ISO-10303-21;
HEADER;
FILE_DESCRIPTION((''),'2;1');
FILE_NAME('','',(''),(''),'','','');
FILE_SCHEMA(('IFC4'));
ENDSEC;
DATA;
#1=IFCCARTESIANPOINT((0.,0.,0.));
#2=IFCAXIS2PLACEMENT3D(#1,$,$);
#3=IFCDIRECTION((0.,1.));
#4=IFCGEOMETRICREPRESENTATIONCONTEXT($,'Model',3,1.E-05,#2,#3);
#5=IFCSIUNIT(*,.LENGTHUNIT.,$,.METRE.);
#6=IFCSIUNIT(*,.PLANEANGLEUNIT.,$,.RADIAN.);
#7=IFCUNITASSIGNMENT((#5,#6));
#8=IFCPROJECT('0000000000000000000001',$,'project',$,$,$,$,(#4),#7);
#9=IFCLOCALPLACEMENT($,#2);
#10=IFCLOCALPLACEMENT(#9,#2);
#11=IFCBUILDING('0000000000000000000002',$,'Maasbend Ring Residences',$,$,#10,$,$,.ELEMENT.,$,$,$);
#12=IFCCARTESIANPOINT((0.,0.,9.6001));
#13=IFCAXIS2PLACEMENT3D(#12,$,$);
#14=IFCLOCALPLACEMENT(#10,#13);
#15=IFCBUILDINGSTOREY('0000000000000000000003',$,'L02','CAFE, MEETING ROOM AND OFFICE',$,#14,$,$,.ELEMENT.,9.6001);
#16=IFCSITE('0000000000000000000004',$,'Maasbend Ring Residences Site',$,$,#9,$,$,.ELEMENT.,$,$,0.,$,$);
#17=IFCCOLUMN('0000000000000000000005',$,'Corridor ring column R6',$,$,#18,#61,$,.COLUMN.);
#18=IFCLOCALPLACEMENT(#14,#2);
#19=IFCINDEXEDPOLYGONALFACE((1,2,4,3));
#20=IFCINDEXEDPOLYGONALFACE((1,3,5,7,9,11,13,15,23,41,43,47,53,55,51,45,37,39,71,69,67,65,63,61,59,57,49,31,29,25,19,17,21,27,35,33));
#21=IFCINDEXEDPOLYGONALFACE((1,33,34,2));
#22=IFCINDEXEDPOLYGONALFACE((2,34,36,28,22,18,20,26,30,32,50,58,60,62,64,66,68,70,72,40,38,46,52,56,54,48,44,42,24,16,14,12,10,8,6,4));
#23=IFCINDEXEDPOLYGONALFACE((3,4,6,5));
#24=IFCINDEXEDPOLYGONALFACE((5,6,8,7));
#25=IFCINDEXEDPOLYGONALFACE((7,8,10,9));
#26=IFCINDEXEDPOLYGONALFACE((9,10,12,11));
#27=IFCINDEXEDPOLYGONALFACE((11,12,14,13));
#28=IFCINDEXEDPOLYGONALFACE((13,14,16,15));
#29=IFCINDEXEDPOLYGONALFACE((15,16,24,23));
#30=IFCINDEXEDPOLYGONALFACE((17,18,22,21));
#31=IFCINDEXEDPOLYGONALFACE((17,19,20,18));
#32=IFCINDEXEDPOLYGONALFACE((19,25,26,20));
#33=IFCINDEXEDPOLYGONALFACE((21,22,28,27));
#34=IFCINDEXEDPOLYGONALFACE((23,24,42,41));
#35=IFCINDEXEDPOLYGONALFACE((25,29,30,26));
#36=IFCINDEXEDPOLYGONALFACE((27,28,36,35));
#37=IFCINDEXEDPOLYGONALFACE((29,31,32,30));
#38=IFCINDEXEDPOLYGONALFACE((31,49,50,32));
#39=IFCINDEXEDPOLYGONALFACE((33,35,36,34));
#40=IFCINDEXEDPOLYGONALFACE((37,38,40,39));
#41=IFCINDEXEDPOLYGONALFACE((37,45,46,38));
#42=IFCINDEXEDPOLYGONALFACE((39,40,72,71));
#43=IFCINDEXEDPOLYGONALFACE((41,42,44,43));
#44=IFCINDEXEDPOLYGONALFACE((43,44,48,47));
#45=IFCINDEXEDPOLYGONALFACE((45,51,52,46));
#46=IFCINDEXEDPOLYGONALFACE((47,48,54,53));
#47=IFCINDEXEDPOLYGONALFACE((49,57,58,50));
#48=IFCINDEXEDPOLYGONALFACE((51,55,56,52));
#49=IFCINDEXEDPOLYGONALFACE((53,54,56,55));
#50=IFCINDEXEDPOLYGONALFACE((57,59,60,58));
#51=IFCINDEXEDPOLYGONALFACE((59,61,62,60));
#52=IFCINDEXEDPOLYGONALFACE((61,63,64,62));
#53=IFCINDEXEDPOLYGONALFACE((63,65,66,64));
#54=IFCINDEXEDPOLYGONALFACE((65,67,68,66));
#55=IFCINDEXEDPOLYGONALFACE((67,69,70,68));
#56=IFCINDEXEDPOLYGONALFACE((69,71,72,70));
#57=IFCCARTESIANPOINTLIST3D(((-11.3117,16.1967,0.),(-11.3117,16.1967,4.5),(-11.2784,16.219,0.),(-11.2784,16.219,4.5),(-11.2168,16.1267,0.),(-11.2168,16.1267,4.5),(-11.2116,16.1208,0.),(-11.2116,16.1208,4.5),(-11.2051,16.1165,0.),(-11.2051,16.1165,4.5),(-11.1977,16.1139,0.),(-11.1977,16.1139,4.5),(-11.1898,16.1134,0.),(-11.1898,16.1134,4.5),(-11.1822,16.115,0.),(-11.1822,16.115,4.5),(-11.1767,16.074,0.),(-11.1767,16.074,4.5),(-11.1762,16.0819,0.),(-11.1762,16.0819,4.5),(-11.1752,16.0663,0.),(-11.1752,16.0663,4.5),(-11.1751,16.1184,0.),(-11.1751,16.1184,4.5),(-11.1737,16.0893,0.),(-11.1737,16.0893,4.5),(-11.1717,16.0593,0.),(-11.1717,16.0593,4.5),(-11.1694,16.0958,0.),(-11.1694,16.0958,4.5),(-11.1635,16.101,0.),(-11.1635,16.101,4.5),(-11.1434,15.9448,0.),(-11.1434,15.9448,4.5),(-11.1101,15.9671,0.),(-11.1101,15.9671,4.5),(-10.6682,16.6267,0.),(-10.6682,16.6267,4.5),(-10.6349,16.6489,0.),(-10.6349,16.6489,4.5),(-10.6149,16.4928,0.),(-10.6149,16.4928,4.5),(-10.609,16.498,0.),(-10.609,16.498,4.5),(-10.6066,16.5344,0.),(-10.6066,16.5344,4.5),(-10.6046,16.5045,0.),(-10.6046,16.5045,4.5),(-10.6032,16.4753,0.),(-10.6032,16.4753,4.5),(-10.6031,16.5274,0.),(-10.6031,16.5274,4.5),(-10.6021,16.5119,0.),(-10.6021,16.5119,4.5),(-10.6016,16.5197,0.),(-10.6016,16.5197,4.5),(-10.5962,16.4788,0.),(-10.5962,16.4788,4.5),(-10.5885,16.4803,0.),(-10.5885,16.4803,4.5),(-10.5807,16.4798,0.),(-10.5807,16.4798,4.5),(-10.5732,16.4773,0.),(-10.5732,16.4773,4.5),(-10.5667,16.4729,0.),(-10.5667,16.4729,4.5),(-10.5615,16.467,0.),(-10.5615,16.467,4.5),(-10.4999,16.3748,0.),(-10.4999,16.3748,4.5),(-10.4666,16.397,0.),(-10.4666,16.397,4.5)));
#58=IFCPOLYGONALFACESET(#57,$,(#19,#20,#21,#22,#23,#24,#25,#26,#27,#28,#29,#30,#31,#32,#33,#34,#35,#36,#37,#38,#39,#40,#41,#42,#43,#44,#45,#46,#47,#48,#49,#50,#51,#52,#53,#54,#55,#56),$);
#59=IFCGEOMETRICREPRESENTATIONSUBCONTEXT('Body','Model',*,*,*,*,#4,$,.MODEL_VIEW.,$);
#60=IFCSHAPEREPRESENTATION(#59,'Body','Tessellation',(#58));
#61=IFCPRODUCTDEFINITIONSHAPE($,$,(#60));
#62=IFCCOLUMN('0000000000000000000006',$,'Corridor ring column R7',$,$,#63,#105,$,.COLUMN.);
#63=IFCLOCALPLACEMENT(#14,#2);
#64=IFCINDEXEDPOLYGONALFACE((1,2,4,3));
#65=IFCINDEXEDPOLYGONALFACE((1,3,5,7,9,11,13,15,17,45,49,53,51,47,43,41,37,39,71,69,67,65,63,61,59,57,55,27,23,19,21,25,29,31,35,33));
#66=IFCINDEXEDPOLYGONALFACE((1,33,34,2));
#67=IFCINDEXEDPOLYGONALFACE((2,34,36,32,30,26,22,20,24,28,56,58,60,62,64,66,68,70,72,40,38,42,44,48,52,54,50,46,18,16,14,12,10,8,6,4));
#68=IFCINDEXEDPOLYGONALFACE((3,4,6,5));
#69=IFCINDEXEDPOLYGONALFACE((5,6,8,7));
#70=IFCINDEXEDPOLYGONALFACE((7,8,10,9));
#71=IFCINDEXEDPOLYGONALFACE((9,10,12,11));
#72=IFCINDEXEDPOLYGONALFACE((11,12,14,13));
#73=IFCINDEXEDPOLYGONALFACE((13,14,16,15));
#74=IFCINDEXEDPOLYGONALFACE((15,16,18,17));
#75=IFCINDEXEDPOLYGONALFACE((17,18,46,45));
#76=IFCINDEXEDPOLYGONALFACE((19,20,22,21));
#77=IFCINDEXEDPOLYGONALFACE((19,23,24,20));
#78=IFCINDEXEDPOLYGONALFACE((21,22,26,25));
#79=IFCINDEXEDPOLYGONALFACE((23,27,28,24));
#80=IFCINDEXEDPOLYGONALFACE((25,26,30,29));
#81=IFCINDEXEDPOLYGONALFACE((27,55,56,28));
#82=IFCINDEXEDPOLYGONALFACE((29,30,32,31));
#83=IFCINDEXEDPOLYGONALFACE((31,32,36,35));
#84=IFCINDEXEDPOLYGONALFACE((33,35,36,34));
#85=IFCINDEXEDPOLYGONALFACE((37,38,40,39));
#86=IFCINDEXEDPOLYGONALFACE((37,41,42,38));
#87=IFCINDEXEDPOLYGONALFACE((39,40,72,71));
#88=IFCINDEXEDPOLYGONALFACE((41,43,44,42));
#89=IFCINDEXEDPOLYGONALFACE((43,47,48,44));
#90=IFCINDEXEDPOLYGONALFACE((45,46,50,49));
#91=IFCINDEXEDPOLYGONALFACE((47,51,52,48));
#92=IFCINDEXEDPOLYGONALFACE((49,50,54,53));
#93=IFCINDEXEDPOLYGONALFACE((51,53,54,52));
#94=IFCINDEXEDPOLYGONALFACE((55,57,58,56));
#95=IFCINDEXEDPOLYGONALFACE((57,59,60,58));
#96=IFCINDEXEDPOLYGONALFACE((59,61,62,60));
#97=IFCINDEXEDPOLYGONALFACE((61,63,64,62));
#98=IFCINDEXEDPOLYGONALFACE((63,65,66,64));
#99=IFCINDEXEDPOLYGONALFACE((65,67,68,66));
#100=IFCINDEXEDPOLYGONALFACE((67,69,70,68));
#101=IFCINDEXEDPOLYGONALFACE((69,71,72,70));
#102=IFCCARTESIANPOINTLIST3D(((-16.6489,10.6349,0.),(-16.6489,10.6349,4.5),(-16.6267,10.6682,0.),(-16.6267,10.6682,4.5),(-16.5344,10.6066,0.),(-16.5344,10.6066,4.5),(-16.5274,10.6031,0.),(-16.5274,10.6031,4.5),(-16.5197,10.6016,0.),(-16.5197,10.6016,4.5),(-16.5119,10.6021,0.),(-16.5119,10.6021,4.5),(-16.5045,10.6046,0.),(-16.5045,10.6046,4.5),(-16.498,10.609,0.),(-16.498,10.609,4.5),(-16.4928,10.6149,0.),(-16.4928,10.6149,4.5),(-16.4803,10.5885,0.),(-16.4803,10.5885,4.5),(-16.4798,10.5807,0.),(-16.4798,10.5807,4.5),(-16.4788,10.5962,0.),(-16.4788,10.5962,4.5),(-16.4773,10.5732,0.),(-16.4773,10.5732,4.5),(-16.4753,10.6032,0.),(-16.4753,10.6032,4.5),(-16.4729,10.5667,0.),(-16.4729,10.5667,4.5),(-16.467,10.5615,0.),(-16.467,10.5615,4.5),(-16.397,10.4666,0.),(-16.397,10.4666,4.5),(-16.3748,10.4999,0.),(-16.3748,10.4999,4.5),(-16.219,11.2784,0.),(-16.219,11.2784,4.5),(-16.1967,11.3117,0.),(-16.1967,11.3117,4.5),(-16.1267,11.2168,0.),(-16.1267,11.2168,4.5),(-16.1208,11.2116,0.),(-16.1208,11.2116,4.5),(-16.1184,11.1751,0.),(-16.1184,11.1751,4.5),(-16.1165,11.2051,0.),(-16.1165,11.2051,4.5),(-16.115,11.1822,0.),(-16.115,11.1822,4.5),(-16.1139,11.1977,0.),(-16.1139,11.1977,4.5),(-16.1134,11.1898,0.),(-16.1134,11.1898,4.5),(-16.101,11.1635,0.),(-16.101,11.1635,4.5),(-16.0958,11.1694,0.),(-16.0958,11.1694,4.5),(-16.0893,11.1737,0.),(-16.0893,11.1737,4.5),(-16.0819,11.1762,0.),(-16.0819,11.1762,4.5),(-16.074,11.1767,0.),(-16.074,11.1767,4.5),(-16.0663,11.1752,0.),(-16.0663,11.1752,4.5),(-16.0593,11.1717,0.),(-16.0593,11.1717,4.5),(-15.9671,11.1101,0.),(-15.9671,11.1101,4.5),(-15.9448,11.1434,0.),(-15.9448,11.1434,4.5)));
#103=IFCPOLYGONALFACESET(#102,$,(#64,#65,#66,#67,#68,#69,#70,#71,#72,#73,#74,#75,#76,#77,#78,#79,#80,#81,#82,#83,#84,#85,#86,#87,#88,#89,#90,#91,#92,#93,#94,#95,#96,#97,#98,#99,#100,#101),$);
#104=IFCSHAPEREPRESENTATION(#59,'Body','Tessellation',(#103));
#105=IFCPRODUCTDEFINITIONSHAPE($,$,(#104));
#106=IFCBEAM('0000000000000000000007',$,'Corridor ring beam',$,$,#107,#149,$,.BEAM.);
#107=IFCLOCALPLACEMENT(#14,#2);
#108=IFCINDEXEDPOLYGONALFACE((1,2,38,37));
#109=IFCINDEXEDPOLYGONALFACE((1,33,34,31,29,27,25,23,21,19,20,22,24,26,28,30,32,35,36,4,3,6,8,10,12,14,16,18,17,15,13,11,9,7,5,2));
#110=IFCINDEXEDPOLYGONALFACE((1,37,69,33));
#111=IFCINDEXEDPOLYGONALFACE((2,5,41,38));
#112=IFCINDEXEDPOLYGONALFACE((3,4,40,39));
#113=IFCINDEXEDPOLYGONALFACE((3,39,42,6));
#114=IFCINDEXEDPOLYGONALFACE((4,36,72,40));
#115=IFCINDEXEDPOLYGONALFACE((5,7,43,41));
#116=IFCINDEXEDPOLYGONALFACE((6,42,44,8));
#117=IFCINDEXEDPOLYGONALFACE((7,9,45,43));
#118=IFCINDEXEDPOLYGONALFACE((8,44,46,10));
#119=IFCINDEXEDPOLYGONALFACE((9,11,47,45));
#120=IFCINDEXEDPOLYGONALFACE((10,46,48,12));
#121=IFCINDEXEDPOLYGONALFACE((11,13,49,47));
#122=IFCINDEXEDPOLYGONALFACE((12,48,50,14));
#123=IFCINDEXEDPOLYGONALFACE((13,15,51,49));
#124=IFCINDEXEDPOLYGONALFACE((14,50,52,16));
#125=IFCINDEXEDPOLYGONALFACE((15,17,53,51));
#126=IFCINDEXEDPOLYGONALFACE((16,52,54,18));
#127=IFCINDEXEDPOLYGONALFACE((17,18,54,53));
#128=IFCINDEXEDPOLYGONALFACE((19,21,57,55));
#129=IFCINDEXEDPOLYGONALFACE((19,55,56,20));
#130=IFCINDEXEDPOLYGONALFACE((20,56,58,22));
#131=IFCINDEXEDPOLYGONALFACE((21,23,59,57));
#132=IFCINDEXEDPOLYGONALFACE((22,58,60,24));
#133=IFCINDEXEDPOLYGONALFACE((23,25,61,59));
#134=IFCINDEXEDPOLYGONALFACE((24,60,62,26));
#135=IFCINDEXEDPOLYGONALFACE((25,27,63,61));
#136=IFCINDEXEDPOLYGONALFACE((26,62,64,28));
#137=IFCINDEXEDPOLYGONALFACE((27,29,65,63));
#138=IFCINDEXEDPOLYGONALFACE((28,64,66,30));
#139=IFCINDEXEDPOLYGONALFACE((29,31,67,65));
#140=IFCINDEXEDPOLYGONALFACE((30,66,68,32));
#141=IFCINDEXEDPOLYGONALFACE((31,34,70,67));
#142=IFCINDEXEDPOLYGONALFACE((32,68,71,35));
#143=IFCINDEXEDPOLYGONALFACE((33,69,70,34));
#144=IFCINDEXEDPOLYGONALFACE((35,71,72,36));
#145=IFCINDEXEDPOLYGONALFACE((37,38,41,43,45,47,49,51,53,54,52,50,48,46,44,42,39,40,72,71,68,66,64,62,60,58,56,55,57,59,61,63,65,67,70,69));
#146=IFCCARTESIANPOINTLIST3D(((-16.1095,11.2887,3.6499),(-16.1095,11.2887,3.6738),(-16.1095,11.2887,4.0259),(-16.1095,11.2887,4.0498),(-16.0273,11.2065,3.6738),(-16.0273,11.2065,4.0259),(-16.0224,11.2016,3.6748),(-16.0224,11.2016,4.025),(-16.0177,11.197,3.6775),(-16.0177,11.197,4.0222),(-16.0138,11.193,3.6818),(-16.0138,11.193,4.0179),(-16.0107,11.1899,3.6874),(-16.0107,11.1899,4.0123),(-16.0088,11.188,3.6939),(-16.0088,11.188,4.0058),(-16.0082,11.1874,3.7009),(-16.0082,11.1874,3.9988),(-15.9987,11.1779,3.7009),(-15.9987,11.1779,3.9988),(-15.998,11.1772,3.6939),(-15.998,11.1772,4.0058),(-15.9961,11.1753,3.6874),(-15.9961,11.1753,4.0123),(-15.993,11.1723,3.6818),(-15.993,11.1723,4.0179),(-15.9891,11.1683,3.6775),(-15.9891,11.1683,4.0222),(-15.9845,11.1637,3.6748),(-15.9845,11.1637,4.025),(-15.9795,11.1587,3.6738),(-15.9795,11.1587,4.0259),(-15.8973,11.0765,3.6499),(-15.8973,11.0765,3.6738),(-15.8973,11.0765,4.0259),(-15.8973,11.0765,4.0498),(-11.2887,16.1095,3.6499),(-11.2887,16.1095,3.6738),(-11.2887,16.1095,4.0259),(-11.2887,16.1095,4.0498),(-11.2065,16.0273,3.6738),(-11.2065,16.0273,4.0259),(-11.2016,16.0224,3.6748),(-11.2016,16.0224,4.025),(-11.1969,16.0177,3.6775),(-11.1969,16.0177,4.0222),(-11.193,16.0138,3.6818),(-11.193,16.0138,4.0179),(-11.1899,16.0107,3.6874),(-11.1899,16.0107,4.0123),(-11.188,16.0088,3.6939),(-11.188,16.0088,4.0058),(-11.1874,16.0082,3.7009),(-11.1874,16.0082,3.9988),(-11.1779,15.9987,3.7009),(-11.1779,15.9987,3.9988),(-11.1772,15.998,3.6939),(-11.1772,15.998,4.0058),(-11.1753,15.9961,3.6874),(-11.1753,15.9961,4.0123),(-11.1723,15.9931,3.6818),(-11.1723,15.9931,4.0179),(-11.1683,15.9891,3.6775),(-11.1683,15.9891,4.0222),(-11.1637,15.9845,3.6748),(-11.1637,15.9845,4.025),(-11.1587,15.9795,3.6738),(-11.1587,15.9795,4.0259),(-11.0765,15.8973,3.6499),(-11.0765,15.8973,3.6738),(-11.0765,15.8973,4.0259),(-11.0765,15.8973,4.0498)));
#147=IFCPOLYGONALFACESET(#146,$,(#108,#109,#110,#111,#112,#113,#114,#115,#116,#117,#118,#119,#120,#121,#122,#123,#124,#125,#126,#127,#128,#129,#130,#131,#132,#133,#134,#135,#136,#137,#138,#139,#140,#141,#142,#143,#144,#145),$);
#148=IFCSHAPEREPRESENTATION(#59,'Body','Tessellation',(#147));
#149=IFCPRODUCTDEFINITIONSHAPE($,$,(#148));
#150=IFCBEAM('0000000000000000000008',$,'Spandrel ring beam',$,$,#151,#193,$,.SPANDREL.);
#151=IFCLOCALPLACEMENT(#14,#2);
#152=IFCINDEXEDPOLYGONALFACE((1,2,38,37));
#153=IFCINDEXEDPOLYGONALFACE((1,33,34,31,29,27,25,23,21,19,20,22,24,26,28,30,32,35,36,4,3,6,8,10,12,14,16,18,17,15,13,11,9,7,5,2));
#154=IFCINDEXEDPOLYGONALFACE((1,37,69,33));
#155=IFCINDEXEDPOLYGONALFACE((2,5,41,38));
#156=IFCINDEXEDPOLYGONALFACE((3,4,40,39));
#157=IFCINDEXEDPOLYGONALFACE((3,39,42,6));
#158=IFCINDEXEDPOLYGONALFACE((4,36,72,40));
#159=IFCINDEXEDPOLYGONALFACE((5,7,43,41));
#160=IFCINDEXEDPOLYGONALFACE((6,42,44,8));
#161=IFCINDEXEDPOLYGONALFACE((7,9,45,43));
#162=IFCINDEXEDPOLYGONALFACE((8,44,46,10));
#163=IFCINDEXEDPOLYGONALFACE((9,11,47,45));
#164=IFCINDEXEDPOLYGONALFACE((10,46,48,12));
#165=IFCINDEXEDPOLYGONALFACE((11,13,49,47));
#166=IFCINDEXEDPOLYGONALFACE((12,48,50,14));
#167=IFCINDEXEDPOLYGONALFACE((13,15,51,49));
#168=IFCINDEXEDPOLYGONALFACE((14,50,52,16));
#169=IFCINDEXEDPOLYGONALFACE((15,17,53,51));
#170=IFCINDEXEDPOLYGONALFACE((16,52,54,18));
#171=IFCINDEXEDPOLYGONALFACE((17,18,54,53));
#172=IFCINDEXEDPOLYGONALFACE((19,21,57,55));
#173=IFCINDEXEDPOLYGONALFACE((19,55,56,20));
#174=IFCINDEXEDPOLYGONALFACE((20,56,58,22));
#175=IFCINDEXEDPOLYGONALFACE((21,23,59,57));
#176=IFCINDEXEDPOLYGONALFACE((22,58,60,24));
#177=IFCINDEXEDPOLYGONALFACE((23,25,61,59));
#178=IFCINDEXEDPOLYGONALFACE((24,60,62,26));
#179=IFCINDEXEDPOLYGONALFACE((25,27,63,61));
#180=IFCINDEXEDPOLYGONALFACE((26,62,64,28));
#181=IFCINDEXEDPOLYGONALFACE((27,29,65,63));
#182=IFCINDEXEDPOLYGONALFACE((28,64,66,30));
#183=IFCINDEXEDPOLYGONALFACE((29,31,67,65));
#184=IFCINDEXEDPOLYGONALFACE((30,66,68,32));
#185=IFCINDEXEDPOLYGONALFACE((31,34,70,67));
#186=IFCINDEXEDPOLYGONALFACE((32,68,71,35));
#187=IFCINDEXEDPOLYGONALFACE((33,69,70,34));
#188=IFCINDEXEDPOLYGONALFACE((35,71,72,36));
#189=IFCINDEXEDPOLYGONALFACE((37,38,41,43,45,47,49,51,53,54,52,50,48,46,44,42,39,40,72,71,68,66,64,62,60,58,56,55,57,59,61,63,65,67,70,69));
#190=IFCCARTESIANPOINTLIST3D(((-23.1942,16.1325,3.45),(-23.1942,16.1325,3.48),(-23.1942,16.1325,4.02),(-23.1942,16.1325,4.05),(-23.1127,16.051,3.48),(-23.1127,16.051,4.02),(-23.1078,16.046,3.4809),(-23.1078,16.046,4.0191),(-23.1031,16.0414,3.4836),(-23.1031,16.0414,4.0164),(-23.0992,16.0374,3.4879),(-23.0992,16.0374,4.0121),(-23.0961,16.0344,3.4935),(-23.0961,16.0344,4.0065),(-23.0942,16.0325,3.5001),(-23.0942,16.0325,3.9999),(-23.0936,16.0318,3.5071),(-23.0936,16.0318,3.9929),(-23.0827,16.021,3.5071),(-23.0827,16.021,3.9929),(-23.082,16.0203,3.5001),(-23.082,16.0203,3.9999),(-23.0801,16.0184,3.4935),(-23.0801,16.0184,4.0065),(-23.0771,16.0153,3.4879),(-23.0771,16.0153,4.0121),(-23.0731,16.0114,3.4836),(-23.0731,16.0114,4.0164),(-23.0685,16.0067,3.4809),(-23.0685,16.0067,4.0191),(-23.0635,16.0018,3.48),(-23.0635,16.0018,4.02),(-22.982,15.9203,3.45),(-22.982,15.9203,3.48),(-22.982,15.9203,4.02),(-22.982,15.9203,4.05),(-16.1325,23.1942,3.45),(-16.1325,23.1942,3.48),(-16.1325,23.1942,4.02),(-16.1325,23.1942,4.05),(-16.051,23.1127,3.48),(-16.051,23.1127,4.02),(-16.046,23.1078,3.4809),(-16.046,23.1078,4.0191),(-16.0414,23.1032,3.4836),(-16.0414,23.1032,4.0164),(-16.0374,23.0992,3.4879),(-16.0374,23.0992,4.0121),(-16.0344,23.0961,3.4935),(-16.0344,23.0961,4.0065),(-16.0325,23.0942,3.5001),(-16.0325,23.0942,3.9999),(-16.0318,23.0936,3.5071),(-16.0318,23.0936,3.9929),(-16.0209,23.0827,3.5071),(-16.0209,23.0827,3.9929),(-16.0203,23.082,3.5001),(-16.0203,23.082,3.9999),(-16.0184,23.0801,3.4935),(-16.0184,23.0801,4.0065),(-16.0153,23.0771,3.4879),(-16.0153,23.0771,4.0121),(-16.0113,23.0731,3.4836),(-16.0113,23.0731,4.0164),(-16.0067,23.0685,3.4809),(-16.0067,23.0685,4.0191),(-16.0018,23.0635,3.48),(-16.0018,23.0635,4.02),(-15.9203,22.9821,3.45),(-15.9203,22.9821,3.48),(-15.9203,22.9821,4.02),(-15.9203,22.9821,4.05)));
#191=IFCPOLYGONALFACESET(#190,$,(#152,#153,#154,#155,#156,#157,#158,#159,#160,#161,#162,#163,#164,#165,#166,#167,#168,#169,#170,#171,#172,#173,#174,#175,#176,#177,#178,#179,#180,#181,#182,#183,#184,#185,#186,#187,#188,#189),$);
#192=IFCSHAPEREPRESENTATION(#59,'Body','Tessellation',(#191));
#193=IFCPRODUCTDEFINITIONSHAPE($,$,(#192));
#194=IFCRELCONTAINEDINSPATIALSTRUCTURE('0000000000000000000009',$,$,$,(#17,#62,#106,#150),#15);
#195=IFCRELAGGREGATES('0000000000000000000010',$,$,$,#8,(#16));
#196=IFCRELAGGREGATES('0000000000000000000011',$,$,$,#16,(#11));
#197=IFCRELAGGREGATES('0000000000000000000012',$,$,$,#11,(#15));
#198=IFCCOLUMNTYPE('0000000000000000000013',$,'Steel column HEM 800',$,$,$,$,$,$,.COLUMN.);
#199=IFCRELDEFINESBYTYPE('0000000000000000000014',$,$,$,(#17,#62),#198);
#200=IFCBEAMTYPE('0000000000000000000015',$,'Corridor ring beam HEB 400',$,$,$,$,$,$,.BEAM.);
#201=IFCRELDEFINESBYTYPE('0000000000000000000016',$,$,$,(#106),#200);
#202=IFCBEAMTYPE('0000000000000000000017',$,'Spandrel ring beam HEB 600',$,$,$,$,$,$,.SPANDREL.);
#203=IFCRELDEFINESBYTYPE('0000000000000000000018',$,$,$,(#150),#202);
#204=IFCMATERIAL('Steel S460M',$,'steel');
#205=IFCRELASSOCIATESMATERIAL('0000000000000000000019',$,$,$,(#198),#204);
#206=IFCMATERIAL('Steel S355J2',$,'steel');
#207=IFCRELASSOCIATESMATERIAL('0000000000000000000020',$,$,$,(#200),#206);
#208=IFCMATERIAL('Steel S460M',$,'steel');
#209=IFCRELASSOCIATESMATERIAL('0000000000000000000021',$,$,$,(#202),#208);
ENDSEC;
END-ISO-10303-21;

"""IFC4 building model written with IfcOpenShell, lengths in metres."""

from ifc_helpers import new_model, si_unit, direction, frame, origin, origin_2d, place, context, subcontext, project, spatial, i_section, extrude, material, material_profile, profile_set, type_object, element, save


model = new_model("IFC4")

# Units and contexts
model_context = context("Model", 3, precision=1e-05, world=origin(), true_north=direction((0.0, 1.0)))
body_context = subcontext(model_context, "Body", "Model", "MODEL_VIEW")
ifc_project = project(units=[si_unit("LENGTHUNIT", "METRE"), si_unit("PLANEANGLEUNIT", "RADIAN")], contexts=[model_context])

# Site, building, storey
site_placement = place(None, origin())
site = spatial("IfcSite", under=ifc_project, at=site_placement, Name="Maasbend Ring Residences Site", CompositionType="ELEMENT", RefElevation=0.0)
building_placement = place(site_placement, origin())
building = spatial("IfcBuilding", under=site, at=building_placement, Name="Maasbend Ring Residences", CompositionType="ELEMENT")
storey_placement = place(building_placement, frame((0.0, 0.0, 9.6001)))
storey = spatial("IfcBuildingStorey", under=building, at=storey_placement, Name="L02", Description="CAFE, MEETING ROOM AND OFFICE", CompositionType="ELEMENT", Elevation=9.6001)

# Columns
ifc_material_1 = material(Name="Steel S460M", Category="steel")
ifc_material_profile_1 = material_profile(ifc_material_1, i_section(OverallWidth=0.303, OverallDepth=0.814, WebThickness=0.021, FlangeThickness=0.04, FilletRadius=0.03, at=origin_2d()), Name="HEM 800")
ifc_profile_set_1 = profile_set([ifc_material_profile_1], Name="Steel S460M")
column_type_1 = type_object("IfcColumnType", Name="Steel column HEM 800", PredefinedType="COLUMN", material=ifc_profile_set_1)
for number, where, z_axis, x_axis, name in (
    (1, (-10.8892, 16.2969, 0.0), (0.0, 0.0, 1.0), (-0.55557, 0.83147, 0.0), "Corridor ring column R6"),
    (2, (-16.2969, 10.8892, 0.0), (0.0, 0.0, 1.0), (-0.83147, 0.55557, 0.0), "Corridor ring column R7"),
):
    element("IfcColumn", number, at=place(storey_placement, frame(where, z_axis=z_axis, x_axis=x_axis)), inside=storey, type_object=column_type_1, Name=name, PredefinedType="COLUMN", context=body_context, shape_type="SweptSolid", body=[
        extrude(i_section(OverallWidth=0.303, OverallDepth=0.814, WebThickness=0.021, FlangeThickness=0.04, FilletRadius=0.03, at=origin_2d()), origin(), (0.0, 0.0, 1.0), 4.5),
    ])

# Beams
ifc_material_2 = material(Name="Steel S355J2", Category="steel")
ifc_material_profile_2 = material_profile(ifc_material_2, i_section(OverallWidth=0.3, OverallDepth=0.3999, WebThickness=0.0134, FlangeThickness=0.0239, FilletRadius=0.0271, at=origin_2d()), Name="HEB 400")
ifc_profile_set_2 = profile_set([ifc_material_profile_2], Name="Steel S355J2")
beam_type_1 = type_object("IfcBeamType", Name="Corridor ring beam HEB 400", PredefinedType="BEAM", material=ifc_profile_set_2)
beam_1_placement = place(storey_placement, frame((-11.1826, 16.0034, 3.8499), z_axis=(-0.707107, -0.707107, 0.0), x_axis=(0.707107, -0.707107, 0.0)))
element("IfcBeam", 3, at=beam_1_placement, inside=storey, type_object=beam_type_1, Name="Corridor ring beam", PredefinedType="BEAM", context=body_context, shape_type="SweptSolid", body=[
    extrude(i_section(OverallWidth=0.3, OverallDepth=0.3999, WebThickness=0.0134, FlangeThickness=0.0239, FilletRadius=0.0271, at=origin_2d()), origin(), (0.0, 0.0, 1.0), 6.8176),
])
ifc_material_3 = material(Name="Steel S460M", Category="steel")
ifc_material_profile_3 = material_profile(ifc_material_3, i_section(OverallWidth=0.3, OverallDepth=0.6001, WebThickness=0.0154, FlangeThickness=0.03, FilletRadius=0.0271, at=origin_2d()), Name="HEB 600")
ifc_profile_set_3 = profile_set([ifc_material_profile_3], Name="Steel S460M")
beam_type_2 = type_object("IfcBeamType", Name="Spandrel ring beam HEB 600", PredefinedType="SPANDREL", material=ifc_profile_set_3)
beam_2_placement = place(storey_placement, frame((-16.0264, 23.0881, 3.75), z_axis=(-0.707107, -0.707107, 0.0), x_axis=(0.707107, -0.707107, 0.0)))
element("IfcBeam", 4, at=beam_2_placement, inside=storey, type_object=beam_type_2, Name="Spandrel ring beam", PredefinedType="SPANDREL", context=body_context, shape_type="SweptSolid", body=[
    extrude(i_section(OverallWidth=0.3, OverallDepth=0.6001, WebThickness=0.0154, FlangeThickness=0.03, FilletRadius=0.0271, at=origin_2d()), origin(), (0.0, 0.0, 1.0), 9.9868),
])

save(model, "model.ifc")
